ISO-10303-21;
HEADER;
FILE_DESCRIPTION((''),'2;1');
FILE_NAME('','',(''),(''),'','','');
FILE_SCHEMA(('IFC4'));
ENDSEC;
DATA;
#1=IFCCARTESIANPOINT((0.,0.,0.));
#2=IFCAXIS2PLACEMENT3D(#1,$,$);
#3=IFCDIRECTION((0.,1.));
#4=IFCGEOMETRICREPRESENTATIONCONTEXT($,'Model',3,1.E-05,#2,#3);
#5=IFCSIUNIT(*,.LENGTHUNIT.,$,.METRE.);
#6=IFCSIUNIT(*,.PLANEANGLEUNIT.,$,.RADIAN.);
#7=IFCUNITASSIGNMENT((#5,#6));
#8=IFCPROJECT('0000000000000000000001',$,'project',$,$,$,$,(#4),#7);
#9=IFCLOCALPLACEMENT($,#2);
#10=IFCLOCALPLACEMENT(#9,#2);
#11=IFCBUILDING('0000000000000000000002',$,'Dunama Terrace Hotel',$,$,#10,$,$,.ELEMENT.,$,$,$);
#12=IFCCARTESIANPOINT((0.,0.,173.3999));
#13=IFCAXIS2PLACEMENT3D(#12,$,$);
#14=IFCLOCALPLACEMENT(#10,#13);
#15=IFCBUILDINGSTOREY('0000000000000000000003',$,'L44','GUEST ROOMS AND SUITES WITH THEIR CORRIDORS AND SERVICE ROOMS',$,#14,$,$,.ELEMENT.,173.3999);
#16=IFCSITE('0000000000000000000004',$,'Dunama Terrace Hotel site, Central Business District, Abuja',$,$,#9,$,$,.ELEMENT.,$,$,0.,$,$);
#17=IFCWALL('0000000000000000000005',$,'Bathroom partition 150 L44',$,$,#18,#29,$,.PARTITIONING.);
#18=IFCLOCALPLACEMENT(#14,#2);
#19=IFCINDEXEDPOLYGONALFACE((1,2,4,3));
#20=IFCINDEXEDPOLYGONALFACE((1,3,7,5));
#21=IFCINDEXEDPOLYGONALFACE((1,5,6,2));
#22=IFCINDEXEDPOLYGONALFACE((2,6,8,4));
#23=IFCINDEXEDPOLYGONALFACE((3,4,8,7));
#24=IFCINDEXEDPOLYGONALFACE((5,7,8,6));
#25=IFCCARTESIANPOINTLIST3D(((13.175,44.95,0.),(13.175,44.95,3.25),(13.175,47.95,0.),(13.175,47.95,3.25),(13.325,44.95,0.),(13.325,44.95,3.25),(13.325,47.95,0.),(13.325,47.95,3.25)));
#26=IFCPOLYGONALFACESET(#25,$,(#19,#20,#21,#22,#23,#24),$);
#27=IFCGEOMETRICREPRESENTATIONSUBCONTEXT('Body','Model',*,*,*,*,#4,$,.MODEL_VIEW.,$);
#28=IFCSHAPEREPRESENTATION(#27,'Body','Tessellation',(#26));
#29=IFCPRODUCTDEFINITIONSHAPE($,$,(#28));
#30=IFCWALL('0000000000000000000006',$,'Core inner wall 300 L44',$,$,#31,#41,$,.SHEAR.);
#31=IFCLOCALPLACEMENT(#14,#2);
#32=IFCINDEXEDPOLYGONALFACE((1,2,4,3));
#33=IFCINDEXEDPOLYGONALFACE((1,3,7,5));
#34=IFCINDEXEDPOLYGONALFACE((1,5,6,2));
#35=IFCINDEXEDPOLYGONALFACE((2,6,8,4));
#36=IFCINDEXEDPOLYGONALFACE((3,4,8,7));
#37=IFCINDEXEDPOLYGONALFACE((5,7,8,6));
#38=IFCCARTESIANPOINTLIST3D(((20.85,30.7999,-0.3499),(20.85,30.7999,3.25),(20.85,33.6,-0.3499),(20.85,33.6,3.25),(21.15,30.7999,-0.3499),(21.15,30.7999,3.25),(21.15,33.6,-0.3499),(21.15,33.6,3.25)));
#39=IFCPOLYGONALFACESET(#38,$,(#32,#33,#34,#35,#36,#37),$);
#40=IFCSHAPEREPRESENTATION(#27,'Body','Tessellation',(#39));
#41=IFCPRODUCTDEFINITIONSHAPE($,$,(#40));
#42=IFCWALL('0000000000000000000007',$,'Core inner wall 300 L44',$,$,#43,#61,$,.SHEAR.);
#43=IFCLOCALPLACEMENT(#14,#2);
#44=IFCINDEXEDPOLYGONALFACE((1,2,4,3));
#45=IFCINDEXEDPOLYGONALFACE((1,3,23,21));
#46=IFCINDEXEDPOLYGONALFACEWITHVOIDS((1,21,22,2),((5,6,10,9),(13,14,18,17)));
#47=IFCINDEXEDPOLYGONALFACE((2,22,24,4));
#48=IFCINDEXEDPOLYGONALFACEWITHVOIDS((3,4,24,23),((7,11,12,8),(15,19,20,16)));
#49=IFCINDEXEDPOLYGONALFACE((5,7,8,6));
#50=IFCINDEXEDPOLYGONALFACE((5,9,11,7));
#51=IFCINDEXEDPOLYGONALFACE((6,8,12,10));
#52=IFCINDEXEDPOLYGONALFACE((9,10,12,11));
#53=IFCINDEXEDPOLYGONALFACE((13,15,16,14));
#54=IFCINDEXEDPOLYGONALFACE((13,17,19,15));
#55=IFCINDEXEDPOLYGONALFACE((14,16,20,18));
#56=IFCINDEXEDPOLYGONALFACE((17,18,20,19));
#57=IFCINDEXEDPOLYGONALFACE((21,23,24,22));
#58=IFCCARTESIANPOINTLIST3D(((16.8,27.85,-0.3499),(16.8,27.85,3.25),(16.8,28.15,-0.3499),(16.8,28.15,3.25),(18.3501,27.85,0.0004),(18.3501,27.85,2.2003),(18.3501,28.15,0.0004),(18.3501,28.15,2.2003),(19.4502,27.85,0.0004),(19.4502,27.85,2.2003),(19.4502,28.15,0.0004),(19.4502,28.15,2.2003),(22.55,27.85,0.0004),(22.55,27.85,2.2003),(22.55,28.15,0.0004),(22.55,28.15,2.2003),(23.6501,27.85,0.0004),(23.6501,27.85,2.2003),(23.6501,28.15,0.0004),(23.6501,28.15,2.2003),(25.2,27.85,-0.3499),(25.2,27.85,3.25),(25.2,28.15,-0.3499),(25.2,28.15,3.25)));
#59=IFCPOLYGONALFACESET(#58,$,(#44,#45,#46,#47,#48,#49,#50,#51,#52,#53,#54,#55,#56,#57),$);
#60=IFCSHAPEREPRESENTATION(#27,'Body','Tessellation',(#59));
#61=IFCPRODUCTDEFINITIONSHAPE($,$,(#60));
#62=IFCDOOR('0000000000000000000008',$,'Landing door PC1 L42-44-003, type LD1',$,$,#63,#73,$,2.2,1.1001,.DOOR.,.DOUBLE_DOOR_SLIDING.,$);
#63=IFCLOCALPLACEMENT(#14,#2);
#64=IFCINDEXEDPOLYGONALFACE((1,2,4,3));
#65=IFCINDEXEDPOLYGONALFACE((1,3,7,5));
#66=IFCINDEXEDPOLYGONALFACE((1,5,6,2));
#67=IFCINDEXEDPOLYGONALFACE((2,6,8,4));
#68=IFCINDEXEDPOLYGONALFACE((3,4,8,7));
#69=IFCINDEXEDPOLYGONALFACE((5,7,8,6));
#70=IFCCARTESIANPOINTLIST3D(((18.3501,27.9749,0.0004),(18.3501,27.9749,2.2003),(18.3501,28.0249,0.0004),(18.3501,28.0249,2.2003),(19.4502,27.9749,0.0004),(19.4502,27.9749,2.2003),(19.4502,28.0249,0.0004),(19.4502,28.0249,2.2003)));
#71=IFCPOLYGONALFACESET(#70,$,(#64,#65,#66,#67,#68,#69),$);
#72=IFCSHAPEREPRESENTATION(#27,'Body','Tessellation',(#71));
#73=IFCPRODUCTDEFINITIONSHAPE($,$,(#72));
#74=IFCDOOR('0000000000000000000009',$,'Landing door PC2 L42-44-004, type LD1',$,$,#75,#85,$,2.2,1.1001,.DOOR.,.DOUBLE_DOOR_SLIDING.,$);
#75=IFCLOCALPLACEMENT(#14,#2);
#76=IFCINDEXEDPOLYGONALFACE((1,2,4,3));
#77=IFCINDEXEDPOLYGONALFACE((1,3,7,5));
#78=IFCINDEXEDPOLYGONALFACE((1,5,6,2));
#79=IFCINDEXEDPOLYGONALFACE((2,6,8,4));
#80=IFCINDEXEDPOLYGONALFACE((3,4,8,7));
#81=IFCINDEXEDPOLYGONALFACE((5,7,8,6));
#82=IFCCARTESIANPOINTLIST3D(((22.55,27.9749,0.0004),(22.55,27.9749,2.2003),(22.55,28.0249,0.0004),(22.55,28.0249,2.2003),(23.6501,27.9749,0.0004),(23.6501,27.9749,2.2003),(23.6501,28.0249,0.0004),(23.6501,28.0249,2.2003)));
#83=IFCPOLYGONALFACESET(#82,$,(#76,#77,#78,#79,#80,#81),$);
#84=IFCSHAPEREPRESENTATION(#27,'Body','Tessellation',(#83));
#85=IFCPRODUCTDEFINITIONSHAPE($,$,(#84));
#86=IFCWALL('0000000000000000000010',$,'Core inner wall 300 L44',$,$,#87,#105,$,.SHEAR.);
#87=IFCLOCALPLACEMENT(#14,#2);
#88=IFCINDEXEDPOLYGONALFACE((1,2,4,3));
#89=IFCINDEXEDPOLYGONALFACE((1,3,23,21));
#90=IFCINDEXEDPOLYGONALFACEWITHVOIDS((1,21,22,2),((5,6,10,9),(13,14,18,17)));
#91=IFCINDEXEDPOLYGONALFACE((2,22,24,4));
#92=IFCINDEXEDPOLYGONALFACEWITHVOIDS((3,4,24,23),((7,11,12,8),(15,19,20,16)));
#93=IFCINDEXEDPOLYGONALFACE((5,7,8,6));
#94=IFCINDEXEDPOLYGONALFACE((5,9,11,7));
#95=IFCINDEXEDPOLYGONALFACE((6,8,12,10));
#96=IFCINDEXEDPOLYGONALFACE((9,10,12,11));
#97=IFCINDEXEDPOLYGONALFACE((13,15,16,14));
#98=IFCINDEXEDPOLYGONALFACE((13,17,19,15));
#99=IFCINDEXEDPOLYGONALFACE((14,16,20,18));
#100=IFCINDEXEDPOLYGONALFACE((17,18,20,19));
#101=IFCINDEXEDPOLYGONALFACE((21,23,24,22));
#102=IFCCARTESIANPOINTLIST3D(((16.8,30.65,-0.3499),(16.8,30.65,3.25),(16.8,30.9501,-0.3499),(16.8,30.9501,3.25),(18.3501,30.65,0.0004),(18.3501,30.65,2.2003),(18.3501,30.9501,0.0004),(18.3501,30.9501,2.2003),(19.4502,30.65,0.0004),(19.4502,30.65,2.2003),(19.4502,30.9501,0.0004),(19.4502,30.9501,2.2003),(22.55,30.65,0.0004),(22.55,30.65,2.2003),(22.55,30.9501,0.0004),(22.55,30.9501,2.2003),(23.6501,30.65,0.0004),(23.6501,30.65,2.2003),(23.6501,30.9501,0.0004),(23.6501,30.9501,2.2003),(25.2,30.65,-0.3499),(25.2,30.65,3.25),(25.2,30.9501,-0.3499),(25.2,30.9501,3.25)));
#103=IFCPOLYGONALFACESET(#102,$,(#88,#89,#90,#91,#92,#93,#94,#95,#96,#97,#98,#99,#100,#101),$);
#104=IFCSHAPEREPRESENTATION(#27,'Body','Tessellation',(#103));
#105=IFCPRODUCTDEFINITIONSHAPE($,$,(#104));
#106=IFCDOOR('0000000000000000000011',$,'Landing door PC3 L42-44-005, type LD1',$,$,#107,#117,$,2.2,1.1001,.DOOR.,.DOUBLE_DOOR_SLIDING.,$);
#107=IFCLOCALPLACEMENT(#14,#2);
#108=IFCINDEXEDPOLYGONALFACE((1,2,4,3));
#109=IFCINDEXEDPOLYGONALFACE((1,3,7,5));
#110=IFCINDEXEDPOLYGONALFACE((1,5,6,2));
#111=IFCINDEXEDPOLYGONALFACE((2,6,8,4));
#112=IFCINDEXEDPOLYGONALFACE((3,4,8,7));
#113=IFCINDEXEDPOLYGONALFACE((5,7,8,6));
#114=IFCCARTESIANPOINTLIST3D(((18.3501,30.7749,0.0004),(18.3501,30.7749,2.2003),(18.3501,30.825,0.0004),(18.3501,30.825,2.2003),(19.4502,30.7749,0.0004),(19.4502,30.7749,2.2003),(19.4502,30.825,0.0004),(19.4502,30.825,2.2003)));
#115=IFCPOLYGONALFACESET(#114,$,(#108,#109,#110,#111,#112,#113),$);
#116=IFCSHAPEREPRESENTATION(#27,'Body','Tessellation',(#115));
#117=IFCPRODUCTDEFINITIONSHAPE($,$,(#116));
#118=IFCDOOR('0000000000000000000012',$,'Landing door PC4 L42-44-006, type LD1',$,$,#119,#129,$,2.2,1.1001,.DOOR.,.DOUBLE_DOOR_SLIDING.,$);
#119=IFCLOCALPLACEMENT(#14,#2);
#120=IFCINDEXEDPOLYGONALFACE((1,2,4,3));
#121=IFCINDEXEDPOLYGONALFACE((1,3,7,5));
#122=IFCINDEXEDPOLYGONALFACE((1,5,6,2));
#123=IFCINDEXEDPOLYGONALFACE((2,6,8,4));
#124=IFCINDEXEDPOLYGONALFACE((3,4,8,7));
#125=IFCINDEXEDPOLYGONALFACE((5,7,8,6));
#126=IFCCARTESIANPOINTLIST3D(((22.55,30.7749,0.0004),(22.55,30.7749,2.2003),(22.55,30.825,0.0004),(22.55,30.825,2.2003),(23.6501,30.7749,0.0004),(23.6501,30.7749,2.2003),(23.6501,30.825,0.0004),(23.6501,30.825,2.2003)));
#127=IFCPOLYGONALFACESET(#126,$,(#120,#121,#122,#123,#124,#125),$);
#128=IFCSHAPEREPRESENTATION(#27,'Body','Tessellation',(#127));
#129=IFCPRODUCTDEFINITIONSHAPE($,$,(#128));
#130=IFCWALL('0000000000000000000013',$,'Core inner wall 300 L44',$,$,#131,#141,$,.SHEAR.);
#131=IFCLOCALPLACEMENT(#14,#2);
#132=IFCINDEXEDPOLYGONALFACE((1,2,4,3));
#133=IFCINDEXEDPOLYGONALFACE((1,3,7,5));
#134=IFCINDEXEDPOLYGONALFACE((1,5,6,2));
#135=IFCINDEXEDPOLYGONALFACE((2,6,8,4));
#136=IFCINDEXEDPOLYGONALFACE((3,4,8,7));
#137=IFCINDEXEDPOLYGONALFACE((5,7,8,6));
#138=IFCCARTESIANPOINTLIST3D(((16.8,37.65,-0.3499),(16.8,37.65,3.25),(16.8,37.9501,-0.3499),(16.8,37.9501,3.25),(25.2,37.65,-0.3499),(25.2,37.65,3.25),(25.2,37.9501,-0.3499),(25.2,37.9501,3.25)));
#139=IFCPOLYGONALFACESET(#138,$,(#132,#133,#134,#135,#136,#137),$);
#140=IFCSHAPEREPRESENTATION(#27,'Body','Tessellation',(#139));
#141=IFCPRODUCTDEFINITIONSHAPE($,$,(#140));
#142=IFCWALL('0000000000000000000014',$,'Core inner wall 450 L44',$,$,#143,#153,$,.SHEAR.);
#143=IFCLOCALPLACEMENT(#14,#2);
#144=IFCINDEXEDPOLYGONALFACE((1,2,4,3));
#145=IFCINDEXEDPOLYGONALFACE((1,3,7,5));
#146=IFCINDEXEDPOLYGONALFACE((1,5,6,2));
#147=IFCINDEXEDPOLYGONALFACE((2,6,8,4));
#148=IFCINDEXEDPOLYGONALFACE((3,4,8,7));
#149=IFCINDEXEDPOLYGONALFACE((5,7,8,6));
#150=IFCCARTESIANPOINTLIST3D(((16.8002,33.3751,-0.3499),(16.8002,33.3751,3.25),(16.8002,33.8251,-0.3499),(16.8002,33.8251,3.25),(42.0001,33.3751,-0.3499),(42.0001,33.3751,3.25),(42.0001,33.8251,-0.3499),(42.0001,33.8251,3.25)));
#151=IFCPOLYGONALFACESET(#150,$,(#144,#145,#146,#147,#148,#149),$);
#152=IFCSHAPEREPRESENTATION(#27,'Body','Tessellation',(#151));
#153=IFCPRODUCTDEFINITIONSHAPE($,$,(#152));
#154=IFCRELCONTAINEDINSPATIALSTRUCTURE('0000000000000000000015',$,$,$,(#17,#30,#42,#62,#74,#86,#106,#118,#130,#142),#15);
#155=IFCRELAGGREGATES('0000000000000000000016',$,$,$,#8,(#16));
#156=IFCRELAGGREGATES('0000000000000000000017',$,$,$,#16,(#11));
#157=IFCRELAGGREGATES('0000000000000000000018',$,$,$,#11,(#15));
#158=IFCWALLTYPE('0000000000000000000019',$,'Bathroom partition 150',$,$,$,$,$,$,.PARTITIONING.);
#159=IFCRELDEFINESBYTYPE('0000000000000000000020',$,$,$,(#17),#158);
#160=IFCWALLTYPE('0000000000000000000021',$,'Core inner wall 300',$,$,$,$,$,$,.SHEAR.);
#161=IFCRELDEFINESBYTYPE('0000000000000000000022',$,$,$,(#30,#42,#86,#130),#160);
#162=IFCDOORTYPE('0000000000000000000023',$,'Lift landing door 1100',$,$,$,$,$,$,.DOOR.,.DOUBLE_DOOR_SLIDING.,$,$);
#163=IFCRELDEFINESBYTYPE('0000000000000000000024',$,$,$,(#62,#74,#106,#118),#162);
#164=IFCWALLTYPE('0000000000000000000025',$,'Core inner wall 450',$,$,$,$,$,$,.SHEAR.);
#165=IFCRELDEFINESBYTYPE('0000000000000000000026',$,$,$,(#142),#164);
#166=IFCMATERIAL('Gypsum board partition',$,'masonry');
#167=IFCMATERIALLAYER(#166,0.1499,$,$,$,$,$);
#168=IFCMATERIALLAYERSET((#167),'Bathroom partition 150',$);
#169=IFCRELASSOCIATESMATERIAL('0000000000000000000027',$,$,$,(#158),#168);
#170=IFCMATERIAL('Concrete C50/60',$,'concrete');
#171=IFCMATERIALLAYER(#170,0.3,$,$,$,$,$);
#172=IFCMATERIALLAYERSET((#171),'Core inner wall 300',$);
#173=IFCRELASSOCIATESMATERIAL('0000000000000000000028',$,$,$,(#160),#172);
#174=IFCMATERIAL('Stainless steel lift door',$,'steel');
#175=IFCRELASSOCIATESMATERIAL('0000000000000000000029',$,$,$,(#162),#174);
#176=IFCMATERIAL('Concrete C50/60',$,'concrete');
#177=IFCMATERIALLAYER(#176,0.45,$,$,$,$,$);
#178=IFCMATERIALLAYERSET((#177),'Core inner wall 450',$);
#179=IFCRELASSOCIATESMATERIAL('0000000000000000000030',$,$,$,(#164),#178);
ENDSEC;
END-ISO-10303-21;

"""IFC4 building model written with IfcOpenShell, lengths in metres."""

from ifc_helpers import new_model, si_unit, direction, frame, frame_2d, origin, place, context, subcontext, project, spatial, rectangle, extrude, material, layer, layer_set, type_object, element, fill, save


model = new_model("IFC4")

# Units and contexts
model_context = context("Model", 3, precision=1e-05, world=origin(), true_north=direction((0.0, 1.0)))
body_context = subcontext(model_context, "Body", "Model", "MODEL_VIEW")
ifc_project = project(units=[si_unit("LENGTHUNIT", "METRE"), si_unit("PLANEANGLEUNIT", "RADIAN")], contexts=[model_context])

# Site, building, storey
site_placement = place(None, origin())
site = spatial("IfcSite", under=ifc_project, at=site_placement, Name="Dunama Terrace Hotel site, Central Business District, Abuja", CompositionType="ELEMENT", RefElevation=0.0)
building_placement = place(site_placement, origin())
building = spatial("IfcBuilding", under=site, at=building_placement, Name="Dunama Terrace Hotel", CompositionType="ELEMENT")
storey_placement = place(building_placement, frame((0.0, 0.0, 173.3999)))
storey = spatial("IfcBuildingStorey", under=building, at=storey_placement, Name="L44", Description="GUEST ROOMS AND SUITES WITH THEIR CORRIDORS AND SERVICE ROOMS", CompositionType="ELEMENT", Elevation=173.3999)

# Walls
ifc_material_1 = material(Name="Gypsum board partition", Category="masonry")
ifc_layer_1 = layer(ifc_material_1, 0.1499)
ifc_layer_set_1 = layer_set([ifc_layer_1], Name="Bathroom partition 150")
wall_type_1 = type_object("IfcWallType", Name="Bathroom partition 150", PredefinedType="PARTITIONING", material=ifc_layer_set_1)
wall_1_placement = place(storey_placement, frame((13.25, 44.95, 0.0), z_axis=(0.0, 0.0, 1.0), x_axis=(0.0, 1.0, 0.0)))
element("IfcWall", 1, at=wall_1_placement, inside=storey, type_object=wall_type_1, Name="Bathroom partition 150 L44", PredefinedType="PARTITIONING", context=body_context, shape_type="SweptSolid", body=[
    extrude(rectangle(XDim=3.0, YDim=0.1499, at=frame_2d((1.5, 0.0))), origin(), (0.0, 0.0, 1.0), 3.25),
])
ifc_material_2 = material(Name="Concrete C50/60", Category="concrete")
ifc_layer_2 = layer(ifc_material_2, 0.3)
ifc_layer_set_2 = layer_set([ifc_layer_2], Name="Core inner wall 300")
wall_type_2 = type_object("IfcWallType", Name="Core inner wall 300", PredefinedType="SHEAR", material=ifc_layer_set_2)
wall_2_placement = place(storey_placement, frame((21.0, 30.8, -0.3499), z_axis=(0.0, 0.0, 1.0), x_axis=(0.0, 1.0, 0.0)))
element("IfcWall", 2, at=wall_2_placement, inside=storey, type_object=wall_type_2, Name="Core inner wall 300 L44", PredefinedType="SHEAR", context=body_context, shape_type="SweptSolid", body=[
    extrude(rectangle(XDim=2.8, YDim=0.3, at=frame_2d((1.3999, 0.0))), origin(), (0.0, 0.0, 1.0), 3.5999),
])

# Walls, openings, doors
wall_3_placement = place(storey_placement, frame((16.8, 28.0, -0.3499), z_axis=(0.0, 0.0, 1.0), x_axis=(1.0, 0.0, 0.0)))
wall_3 = element("IfcWall", 3, at=wall_3_placement, inside=storey, type_object=wall_type_2, Name="Core inner wall 300 L44", PredefinedType="SHEAR", context=body_context, shape_type="SweptSolid", body=[
    extrude(rectangle(XDim=8.3999, YDim=0.3, at=frame_2d((4.2, 0.0))), origin(), (0.0, 0.0, 1.0), 3.5999),
])
opening_1_placement = place(wall_3_placement, frame((1.55, 0.0, 0.3501)))
opening_1 = element("IfcOpeningElement", 4, at=opening_1_placement, cuts=wall_3, PredefinedType="OPENING", context=body_context, shape_type="SweptSolid", body=[
    extrude(rectangle(XDim=1.1001, YDim=2.2, at=frame_2d((0.55, 1.1001))), frame((0.0, 0.1599, 0.0), z_axis=(0.0, -1.0, 0.0), x_axis=(1.0, 0.0, 0.0)), (0.0, 0.0, 1.0), 0.3201),
])
opening_2_placement = place(wall_3_placement, frame((5.75, 0.0, 0.3501)))
opening_2 = element("IfcOpeningElement", 5, at=opening_2_placement, cuts=wall_3, PredefinedType="OPENING", context=body_context, shape_type="SweptSolid", body=[
    extrude(rectangle(XDim=1.1001, YDim=2.2, at=frame_2d((0.55, 1.1001))), frame((0.0, 0.1599, 0.0), z_axis=(0.0, -1.0, 0.0), x_axis=(1.0, 0.0, 0.0)), (0.0, 0.0, 1.0), 0.3201),
])
ifc_material_3 = material(Name="Stainless steel lift door", Category="steel")
door_type_1 = type_object("IfcDoorType", Name="Lift landing door 1100", OperationType="DOUBLE_DOOR_SLIDING", PredefinedType="DOOR", material=ifc_material_3)
door_1_placement = place(opening_1_placement, origin())
door_1 = element("IfcDoor", 6, at=door_1_placement, inside=storey, type_object=door_type_1, Name="Landing door PC1 L42-44-003, type LD1", OperationType="DOUBLE_DOOR_SLIDING", OverallHeight=2.2, OverallWidth=1.1001, PredefinedType="DOOR", context=body_context, shape_type="SweptSolid", body=[
    extrude(rectangle(XDim=1.1001, YDim=2.2, at=frame_2d((0.55, 1.1001))), frame((0.0, 0.0249, 0.0), z_axis=(0.0, -1.0, 0.0), x_axis=(1.0, 0.0, 0.0)), (0.0, 0.0, 1.0), 0.05),
])
fill(opening_1, door_1)
door_2_placement = place(opening_2_placement, origin())
door_2 = element("IfcDoor", 7, at=door_2_placement, inside=storey, type_object=door_type_1, Name="Landing door PC2 L42-44-004, type LD1", OperationType="DOUBLE_DOOR_SLIDING", OverallHeight=2.2, OverallWidth=1.1001, PredefinedType="DOOR", context=body_context, shape_type="SweptSolid", body=[
    extrude(rectangle(XDim=1.1001, YDim=2.2, at=frame_2d((0.55, 1.1001))), frame((0.0, 0.0249, 0.0), z_axis=(0.0, -1.0, 0.0), x_axis=(1.0, 0.0, 0.0)), (0.0, 0.0, 1.0), 0.05),
])
fill(opening_2, door_2)
wall_4_placement = place(storey_placement, frame((16.8, 30.8, -0.3499), z_axis=(0.0, 0.0, 1.0), x_axis=(1.0, 0.0, 0.0)))
wall_4 = element("IfcWall", 8, at=wall_4_placement, inside=storey, type_object=wall_type_2, Name="Core inner wall 300 L44", PredefinedType="SHEAR", context=body_context, shape_type="SweptSolid", body=[
    extrude(rectangle(XDim=8.3999, YDim=0.3, at=frame_2d((4.2, 0.0))), origin(), (0.0, 0.0, 1.0), 3.5999),
])
opening_3_placement = place(wall_4_placement, frame((1.55, 0.0, 0.3501)))
opening_3 = element("IfcOpeningElement", 9, at=opening_3_placement, cuts=wall_4, PredefinedType="OPENING", context=body_context, shape_type="SweptSolid", body=[
    extrude(rectangle(XDim=1.1001, YDim=2.2, at=frame_2d((0.55, 1.1001))), frame((0.0, 0.1599, 0.0), z_axis=(0.0, -1.0, 0.0), x_axis=(1.0, 0.0, 0.0)), (0.0, 0.0, 1.0), 0.3201),
])
opening_4_placement = place(wall_4_placement, frame((5.75, 0.0, 0.3501)))
opening_4 = element("IfcOpeningElement", 10, at=opening_4_placement, cuts=wall_4, PredefinedType="OPENING", context=body_context, shape_type="SweptSolid", body=[
    extrude(rectangle(XDim=1.1001, YDim=2.2, at=frame_2d((0.55, 1.1001))), frame((0.0, 0.1599, 0.0), z_axis=(0.0, -1.0, 0.0), x_axis=(1.0, 0.0, 0.0)), (0.0, 0.0, 1.0), 0.3201),
])
door_3_placement = place(opening_3_placement, origin())
door_3 = element("IfcDoor", 11, at=door_3_placement, inside=storey, type_object=door_type_1, Name="Landing door PC3 L42-44-005, type LD1", OperationType="DOUBLE_DOOR_SLIDING", OverallHeight=2.2, OverallWidth=1.1001, PredefinedType="DOOR", context=body_context, shape_type="SweptSolid", body=[
    extrude(rectangle(XDim=1.1001, YDim=2.2, at=frame_2d((0.55, 1.1001))), frame((0.0, 0.0249, 0.0), z_axis=(0.0, -1.0, 0.0), x_axis=(1.0, 0.0, 0.0)), (0.0, 0.0, 1.0), 0.05),
])
fill(opening_3, door_3)
door_4_placement = place(opening_4_placement, origin())
door_4 = element("IfcDoor", 12, at=door_4_placement, inside=storey, type_object=door_type_1, Name="Landing door PC4 L42-44-006, type LD1", OperationType="DOUBLE_DOOR_SLIDING", OverallHeight=2.2, OverallWidth=1.1001, PredefinedType="DOOR", context=body_context, shape_type="SweptSolid", body=[
    extrude(rectangle(XDim=1.1001, YDim=2.2, at=frame_2d((0.55, 1.1001))), frame((0.0, 0.0249, 0.0), z_axis=(0.0, -1.0, 0.0), x_axis=(1.0, 0.0, 0.0)), (0.0, 0.0, 1.0), 0.05),
])
fill(opening_4, door_4)

# Walls
wall_5_placement = place(storey_placement, frame((16.8, 37.8, -0.3499), z_axis=(0.0, 0.0, 1.0), x_axis=(1.0, 0.0, 0.0)))
element("IfcWall", 13, at=wall_5_placement, inside=storey, type_object=wall_type_2, Name="Core inner wall 300 L44", PredefinedType="SHEAR", context=body_context, shape_type="SweptSolid", body=[
    extrude(rectangle(XDim=8.3999, YDim=0.3, at=frame_2d((4.2, 0.0))), origin(), (0.0, 0.0, 1.0), 3.5999),
])
ifc_material_4 = material(Name="Concrete C50/60", Category="concrete")
ifc_layer_3 = layer(ifc_material_4, 0.45)
ifc_layer_set_3 = layer_set([ifc_layer_3], Name="Core inner wall 450")
wall_type_3 = type_object("IfcWallType", Name="Core inner wall 450", PredefinedType="SHEAR", material=ifc_layer_set_3)
wall_6_placement = place(storey_placement, frame((16.8, 33.6001, -0.3499), z_axis=(0.0, 0.0, 1.0), x_axis=(1.0, 0.0, 0.0)))
element("IfcWall", 14, at=wall_6_placement, inside=storey, type_object=wall_type_3, Name="Core inner wall 450 L44", PredefinedType="SHEAR", context=body_context, shape_type="SweptSolid", body=[
    extrude(rectangle(XDim=25.2, YDim=0.45, at=frame_2d((12.6001, 0.0))), origin(), (0.0, 0.0, 1.0), 3.5999),
])

save(model, "model.ifc")
